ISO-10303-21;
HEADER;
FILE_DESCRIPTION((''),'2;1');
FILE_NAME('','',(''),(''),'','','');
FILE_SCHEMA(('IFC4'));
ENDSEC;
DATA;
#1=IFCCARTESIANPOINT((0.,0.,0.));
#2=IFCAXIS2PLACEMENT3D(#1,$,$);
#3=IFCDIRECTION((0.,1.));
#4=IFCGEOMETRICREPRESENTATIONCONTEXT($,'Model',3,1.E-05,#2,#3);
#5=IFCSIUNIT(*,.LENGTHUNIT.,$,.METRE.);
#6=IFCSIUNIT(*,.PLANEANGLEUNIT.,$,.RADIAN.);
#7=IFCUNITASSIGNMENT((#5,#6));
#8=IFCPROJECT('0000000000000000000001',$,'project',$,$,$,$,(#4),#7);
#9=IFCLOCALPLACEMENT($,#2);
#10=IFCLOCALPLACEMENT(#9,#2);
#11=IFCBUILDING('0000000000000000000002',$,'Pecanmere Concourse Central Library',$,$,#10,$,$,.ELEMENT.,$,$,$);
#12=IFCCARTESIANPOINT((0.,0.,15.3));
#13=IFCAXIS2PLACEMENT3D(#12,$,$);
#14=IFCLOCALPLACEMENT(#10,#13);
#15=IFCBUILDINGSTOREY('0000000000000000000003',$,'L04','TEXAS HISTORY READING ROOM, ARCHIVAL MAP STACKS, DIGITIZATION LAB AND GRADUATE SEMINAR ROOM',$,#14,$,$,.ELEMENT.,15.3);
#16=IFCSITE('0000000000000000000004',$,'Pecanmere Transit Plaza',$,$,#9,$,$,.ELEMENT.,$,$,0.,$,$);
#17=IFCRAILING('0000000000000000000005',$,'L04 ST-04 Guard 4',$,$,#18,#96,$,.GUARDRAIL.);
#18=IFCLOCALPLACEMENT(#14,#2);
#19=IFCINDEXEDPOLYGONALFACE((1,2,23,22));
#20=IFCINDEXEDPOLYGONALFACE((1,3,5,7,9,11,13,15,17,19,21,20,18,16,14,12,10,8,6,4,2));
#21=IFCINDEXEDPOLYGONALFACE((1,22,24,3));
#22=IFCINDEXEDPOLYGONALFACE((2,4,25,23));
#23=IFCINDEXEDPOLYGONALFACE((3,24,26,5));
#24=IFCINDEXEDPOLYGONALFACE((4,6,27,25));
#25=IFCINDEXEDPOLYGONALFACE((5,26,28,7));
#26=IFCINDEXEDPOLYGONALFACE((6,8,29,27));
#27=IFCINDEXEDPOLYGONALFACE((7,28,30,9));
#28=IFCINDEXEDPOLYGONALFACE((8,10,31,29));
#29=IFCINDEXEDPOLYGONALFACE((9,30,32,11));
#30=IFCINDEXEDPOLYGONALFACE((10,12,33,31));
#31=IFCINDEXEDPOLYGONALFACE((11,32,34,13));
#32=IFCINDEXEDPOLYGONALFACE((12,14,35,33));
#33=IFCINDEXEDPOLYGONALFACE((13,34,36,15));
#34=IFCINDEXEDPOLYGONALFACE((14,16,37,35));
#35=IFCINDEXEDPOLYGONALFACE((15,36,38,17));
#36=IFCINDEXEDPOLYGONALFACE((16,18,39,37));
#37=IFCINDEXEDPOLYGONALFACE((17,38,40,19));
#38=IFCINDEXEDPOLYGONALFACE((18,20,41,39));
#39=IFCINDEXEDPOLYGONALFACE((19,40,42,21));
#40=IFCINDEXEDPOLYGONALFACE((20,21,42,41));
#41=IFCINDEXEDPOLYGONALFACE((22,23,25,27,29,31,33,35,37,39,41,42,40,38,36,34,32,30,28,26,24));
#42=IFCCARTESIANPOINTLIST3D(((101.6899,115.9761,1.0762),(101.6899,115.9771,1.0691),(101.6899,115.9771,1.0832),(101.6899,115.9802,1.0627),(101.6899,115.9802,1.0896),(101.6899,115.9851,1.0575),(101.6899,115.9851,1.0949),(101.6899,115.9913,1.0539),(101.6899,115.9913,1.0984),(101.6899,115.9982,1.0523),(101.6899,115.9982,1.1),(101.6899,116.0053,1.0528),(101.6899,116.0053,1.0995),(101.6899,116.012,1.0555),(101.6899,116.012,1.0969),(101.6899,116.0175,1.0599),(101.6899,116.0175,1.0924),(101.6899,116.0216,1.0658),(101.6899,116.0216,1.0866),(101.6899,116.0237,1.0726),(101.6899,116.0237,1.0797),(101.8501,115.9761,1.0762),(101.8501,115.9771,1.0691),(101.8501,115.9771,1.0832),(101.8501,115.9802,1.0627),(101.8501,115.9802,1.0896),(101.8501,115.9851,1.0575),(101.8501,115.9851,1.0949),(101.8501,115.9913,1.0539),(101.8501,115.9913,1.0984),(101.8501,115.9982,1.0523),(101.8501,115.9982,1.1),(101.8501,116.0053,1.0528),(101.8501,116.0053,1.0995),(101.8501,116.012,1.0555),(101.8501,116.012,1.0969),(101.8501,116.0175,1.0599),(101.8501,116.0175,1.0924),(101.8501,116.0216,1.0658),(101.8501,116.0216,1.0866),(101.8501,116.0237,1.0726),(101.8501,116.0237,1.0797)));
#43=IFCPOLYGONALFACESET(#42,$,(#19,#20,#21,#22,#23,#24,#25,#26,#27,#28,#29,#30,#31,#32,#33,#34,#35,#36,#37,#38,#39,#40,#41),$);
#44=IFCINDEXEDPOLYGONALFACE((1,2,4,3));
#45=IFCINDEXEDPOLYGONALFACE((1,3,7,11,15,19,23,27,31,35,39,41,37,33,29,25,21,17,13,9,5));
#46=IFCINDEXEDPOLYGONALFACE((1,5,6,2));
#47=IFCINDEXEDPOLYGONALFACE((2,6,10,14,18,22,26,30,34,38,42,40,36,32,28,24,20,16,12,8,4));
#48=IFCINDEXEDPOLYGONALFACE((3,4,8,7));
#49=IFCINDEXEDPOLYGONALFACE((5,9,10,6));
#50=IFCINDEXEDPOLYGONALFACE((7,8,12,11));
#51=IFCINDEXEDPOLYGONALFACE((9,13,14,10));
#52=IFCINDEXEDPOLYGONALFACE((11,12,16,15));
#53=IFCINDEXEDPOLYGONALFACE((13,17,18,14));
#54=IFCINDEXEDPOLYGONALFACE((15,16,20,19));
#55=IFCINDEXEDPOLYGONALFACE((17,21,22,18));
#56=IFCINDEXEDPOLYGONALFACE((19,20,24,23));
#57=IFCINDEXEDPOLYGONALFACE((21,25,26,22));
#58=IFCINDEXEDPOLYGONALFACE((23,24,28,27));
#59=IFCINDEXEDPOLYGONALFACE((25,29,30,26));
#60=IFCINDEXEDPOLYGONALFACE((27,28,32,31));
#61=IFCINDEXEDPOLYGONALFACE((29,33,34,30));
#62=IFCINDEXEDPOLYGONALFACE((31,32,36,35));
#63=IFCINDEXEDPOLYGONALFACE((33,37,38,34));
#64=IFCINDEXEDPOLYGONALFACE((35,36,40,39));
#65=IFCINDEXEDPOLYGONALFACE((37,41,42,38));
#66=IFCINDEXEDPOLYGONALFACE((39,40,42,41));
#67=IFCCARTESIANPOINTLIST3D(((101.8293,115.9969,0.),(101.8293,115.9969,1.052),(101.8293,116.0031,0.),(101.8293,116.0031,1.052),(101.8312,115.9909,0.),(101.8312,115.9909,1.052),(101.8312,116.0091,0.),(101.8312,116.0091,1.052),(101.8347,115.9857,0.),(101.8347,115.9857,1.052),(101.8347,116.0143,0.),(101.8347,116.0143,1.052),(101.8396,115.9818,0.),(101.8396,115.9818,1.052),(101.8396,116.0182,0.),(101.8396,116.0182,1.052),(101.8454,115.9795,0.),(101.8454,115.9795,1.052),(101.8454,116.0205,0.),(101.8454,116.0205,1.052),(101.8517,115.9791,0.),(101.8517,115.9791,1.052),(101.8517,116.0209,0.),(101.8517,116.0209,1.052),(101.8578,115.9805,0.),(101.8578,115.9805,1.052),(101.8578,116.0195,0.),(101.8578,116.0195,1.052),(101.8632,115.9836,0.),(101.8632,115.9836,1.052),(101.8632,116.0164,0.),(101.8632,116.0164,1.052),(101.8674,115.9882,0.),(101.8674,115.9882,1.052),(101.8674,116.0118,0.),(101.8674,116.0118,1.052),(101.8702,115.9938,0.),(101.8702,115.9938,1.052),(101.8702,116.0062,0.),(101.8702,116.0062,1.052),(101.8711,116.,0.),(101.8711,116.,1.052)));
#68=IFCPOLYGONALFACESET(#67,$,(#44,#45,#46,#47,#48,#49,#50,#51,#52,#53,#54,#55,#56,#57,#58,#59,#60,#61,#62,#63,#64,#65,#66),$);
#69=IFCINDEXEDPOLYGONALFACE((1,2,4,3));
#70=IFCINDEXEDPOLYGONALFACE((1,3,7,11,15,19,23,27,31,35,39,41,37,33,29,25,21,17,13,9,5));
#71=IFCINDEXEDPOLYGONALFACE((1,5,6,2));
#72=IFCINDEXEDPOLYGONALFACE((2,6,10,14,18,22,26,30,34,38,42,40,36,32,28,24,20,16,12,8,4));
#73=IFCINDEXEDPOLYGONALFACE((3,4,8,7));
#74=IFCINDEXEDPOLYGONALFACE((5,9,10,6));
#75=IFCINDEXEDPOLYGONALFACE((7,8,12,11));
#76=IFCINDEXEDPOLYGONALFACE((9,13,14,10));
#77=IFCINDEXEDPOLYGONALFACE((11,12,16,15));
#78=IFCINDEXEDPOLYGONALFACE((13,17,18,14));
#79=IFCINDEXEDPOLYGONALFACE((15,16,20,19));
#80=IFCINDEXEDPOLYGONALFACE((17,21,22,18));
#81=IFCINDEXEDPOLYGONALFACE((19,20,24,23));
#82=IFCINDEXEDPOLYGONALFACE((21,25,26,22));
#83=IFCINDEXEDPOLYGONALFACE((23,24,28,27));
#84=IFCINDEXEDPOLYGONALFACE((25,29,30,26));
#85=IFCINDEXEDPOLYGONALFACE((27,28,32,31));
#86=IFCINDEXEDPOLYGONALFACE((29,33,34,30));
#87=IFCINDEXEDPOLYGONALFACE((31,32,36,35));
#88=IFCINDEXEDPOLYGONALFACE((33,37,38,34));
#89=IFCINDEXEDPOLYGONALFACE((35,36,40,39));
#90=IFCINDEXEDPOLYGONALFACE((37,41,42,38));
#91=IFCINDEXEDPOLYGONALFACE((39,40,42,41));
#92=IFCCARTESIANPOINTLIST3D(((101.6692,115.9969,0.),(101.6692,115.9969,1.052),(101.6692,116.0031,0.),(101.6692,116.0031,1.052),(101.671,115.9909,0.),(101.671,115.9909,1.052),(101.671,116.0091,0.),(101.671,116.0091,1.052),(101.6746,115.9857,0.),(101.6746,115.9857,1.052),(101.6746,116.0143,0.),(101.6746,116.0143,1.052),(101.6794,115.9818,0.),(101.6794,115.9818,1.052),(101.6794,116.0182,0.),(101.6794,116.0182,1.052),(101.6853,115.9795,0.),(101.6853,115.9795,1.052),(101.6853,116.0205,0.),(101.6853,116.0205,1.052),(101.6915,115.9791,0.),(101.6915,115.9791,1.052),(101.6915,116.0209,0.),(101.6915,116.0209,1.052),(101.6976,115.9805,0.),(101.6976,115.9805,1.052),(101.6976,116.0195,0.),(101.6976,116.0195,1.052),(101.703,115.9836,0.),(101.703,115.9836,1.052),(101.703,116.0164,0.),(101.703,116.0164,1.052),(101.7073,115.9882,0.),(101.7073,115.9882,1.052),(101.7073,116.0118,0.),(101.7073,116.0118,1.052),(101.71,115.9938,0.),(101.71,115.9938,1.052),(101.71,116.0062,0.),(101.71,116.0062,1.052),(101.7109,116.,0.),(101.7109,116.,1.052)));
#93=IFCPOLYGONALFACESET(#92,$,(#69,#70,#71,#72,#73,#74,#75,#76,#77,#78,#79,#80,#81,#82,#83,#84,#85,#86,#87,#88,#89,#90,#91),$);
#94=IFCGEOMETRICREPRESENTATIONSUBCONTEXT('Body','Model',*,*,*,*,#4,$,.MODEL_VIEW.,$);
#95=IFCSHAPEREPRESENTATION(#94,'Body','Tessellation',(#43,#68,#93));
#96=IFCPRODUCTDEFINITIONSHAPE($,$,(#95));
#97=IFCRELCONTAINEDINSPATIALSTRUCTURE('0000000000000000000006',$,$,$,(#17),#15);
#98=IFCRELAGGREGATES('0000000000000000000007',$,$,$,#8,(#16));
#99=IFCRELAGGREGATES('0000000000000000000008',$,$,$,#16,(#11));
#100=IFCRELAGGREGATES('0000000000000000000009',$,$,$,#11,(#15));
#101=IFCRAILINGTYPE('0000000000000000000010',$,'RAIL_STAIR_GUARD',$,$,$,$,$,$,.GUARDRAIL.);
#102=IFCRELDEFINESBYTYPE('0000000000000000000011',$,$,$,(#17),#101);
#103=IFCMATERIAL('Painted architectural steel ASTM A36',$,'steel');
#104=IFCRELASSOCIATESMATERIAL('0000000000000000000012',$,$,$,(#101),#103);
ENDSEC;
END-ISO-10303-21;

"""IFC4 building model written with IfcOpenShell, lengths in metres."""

from ifc_helpers import new_model, si_unit, direction, frame, origin, origin_2d, place, context, subcontext, project, spatial, circle, extrude, material, type_object, element, save


model = new_model("IFC4")

# Units and contexts
model_context = context("Model", 3, precision=1e-05, world=origin(), true_north=direction((0.0, 1.0)))
body_context = subcontext(model_context, "Body", "Model", "MODEL_VIEW")
ifc_project = project(units=[si_unit("LENGTHUNIT", "METRE"), si_unit("PLANEANGLEUNIT", "RADIAN")], contexts=[model_context])

# Site, building, storey
site_placement = place(None, origin())
site = spatial("IfcSite", under=ifc_project, at=site_placement, Name="Pecanmere Transit Plaza", CompositionType="ELEMENT", RefElevation=0.0)
building_placement = place(site_placement, origin())
building = spatial("IfcBuilding", under=site, at=building_placement, Name="Pecanmere Concourse Central Library", CompositionType="ELEMENT")
storey_placement = place(building_placement, frame((0.0, 0.0, 15.3)))
storey = spatial("IfcBuildingStorey", under=building, at=storey_placement, Name="L04", Description="TEXAS HISTORY READING ROOM, ARCHIVAL MAP STACKS, DIGITIZATION LAB AND GRADUATE SEMINAR ROOM", CompositionType="ELEMENT", Elevation=15.3)

# Railing
ifc_material_1 = material(Name="Painted architectural steel ASTM A36", Category="steel")
railing_type_1 = type_object("IfcRailingType", Name="RAIL_STAIR_GUARD", PredefinedType="GUARDRAIL", material=ifc_material_1)
railing_1_placement = place(storey_placement, frame((101.8501, 116.0, 0.0)))
element("IfcRailing", 1, at=railing_1_placement, inside=storey, type_object=railing_type_1, Name="L04 ST-04 Guard 4", PredefinedType="GUARDRAIL", context=body_context, shape_type="SweptSolid", body=[
    extrude(circle(Radius=0.0239, at=origin_2d()), frame((0.0, 0.0, 1.0762), z_axis=(-1.0, 0.0, 0.0), x_axis=(0.0, -1.0, 0.0)), (0.0, 0.0, 1.0), 0.1602),
    extrude(circle(Radius=0.021, at=origin_2d()), origin(), (0.0, 0.0, 1.0), 1.052),
    extrude(circle(Radius=0.021, at=origin_2d()), frame((-0.1602, 0.0, 0.0)), (0.0, 0.0, 1.0), 1.052),
])

save(model, "model.ifc")
